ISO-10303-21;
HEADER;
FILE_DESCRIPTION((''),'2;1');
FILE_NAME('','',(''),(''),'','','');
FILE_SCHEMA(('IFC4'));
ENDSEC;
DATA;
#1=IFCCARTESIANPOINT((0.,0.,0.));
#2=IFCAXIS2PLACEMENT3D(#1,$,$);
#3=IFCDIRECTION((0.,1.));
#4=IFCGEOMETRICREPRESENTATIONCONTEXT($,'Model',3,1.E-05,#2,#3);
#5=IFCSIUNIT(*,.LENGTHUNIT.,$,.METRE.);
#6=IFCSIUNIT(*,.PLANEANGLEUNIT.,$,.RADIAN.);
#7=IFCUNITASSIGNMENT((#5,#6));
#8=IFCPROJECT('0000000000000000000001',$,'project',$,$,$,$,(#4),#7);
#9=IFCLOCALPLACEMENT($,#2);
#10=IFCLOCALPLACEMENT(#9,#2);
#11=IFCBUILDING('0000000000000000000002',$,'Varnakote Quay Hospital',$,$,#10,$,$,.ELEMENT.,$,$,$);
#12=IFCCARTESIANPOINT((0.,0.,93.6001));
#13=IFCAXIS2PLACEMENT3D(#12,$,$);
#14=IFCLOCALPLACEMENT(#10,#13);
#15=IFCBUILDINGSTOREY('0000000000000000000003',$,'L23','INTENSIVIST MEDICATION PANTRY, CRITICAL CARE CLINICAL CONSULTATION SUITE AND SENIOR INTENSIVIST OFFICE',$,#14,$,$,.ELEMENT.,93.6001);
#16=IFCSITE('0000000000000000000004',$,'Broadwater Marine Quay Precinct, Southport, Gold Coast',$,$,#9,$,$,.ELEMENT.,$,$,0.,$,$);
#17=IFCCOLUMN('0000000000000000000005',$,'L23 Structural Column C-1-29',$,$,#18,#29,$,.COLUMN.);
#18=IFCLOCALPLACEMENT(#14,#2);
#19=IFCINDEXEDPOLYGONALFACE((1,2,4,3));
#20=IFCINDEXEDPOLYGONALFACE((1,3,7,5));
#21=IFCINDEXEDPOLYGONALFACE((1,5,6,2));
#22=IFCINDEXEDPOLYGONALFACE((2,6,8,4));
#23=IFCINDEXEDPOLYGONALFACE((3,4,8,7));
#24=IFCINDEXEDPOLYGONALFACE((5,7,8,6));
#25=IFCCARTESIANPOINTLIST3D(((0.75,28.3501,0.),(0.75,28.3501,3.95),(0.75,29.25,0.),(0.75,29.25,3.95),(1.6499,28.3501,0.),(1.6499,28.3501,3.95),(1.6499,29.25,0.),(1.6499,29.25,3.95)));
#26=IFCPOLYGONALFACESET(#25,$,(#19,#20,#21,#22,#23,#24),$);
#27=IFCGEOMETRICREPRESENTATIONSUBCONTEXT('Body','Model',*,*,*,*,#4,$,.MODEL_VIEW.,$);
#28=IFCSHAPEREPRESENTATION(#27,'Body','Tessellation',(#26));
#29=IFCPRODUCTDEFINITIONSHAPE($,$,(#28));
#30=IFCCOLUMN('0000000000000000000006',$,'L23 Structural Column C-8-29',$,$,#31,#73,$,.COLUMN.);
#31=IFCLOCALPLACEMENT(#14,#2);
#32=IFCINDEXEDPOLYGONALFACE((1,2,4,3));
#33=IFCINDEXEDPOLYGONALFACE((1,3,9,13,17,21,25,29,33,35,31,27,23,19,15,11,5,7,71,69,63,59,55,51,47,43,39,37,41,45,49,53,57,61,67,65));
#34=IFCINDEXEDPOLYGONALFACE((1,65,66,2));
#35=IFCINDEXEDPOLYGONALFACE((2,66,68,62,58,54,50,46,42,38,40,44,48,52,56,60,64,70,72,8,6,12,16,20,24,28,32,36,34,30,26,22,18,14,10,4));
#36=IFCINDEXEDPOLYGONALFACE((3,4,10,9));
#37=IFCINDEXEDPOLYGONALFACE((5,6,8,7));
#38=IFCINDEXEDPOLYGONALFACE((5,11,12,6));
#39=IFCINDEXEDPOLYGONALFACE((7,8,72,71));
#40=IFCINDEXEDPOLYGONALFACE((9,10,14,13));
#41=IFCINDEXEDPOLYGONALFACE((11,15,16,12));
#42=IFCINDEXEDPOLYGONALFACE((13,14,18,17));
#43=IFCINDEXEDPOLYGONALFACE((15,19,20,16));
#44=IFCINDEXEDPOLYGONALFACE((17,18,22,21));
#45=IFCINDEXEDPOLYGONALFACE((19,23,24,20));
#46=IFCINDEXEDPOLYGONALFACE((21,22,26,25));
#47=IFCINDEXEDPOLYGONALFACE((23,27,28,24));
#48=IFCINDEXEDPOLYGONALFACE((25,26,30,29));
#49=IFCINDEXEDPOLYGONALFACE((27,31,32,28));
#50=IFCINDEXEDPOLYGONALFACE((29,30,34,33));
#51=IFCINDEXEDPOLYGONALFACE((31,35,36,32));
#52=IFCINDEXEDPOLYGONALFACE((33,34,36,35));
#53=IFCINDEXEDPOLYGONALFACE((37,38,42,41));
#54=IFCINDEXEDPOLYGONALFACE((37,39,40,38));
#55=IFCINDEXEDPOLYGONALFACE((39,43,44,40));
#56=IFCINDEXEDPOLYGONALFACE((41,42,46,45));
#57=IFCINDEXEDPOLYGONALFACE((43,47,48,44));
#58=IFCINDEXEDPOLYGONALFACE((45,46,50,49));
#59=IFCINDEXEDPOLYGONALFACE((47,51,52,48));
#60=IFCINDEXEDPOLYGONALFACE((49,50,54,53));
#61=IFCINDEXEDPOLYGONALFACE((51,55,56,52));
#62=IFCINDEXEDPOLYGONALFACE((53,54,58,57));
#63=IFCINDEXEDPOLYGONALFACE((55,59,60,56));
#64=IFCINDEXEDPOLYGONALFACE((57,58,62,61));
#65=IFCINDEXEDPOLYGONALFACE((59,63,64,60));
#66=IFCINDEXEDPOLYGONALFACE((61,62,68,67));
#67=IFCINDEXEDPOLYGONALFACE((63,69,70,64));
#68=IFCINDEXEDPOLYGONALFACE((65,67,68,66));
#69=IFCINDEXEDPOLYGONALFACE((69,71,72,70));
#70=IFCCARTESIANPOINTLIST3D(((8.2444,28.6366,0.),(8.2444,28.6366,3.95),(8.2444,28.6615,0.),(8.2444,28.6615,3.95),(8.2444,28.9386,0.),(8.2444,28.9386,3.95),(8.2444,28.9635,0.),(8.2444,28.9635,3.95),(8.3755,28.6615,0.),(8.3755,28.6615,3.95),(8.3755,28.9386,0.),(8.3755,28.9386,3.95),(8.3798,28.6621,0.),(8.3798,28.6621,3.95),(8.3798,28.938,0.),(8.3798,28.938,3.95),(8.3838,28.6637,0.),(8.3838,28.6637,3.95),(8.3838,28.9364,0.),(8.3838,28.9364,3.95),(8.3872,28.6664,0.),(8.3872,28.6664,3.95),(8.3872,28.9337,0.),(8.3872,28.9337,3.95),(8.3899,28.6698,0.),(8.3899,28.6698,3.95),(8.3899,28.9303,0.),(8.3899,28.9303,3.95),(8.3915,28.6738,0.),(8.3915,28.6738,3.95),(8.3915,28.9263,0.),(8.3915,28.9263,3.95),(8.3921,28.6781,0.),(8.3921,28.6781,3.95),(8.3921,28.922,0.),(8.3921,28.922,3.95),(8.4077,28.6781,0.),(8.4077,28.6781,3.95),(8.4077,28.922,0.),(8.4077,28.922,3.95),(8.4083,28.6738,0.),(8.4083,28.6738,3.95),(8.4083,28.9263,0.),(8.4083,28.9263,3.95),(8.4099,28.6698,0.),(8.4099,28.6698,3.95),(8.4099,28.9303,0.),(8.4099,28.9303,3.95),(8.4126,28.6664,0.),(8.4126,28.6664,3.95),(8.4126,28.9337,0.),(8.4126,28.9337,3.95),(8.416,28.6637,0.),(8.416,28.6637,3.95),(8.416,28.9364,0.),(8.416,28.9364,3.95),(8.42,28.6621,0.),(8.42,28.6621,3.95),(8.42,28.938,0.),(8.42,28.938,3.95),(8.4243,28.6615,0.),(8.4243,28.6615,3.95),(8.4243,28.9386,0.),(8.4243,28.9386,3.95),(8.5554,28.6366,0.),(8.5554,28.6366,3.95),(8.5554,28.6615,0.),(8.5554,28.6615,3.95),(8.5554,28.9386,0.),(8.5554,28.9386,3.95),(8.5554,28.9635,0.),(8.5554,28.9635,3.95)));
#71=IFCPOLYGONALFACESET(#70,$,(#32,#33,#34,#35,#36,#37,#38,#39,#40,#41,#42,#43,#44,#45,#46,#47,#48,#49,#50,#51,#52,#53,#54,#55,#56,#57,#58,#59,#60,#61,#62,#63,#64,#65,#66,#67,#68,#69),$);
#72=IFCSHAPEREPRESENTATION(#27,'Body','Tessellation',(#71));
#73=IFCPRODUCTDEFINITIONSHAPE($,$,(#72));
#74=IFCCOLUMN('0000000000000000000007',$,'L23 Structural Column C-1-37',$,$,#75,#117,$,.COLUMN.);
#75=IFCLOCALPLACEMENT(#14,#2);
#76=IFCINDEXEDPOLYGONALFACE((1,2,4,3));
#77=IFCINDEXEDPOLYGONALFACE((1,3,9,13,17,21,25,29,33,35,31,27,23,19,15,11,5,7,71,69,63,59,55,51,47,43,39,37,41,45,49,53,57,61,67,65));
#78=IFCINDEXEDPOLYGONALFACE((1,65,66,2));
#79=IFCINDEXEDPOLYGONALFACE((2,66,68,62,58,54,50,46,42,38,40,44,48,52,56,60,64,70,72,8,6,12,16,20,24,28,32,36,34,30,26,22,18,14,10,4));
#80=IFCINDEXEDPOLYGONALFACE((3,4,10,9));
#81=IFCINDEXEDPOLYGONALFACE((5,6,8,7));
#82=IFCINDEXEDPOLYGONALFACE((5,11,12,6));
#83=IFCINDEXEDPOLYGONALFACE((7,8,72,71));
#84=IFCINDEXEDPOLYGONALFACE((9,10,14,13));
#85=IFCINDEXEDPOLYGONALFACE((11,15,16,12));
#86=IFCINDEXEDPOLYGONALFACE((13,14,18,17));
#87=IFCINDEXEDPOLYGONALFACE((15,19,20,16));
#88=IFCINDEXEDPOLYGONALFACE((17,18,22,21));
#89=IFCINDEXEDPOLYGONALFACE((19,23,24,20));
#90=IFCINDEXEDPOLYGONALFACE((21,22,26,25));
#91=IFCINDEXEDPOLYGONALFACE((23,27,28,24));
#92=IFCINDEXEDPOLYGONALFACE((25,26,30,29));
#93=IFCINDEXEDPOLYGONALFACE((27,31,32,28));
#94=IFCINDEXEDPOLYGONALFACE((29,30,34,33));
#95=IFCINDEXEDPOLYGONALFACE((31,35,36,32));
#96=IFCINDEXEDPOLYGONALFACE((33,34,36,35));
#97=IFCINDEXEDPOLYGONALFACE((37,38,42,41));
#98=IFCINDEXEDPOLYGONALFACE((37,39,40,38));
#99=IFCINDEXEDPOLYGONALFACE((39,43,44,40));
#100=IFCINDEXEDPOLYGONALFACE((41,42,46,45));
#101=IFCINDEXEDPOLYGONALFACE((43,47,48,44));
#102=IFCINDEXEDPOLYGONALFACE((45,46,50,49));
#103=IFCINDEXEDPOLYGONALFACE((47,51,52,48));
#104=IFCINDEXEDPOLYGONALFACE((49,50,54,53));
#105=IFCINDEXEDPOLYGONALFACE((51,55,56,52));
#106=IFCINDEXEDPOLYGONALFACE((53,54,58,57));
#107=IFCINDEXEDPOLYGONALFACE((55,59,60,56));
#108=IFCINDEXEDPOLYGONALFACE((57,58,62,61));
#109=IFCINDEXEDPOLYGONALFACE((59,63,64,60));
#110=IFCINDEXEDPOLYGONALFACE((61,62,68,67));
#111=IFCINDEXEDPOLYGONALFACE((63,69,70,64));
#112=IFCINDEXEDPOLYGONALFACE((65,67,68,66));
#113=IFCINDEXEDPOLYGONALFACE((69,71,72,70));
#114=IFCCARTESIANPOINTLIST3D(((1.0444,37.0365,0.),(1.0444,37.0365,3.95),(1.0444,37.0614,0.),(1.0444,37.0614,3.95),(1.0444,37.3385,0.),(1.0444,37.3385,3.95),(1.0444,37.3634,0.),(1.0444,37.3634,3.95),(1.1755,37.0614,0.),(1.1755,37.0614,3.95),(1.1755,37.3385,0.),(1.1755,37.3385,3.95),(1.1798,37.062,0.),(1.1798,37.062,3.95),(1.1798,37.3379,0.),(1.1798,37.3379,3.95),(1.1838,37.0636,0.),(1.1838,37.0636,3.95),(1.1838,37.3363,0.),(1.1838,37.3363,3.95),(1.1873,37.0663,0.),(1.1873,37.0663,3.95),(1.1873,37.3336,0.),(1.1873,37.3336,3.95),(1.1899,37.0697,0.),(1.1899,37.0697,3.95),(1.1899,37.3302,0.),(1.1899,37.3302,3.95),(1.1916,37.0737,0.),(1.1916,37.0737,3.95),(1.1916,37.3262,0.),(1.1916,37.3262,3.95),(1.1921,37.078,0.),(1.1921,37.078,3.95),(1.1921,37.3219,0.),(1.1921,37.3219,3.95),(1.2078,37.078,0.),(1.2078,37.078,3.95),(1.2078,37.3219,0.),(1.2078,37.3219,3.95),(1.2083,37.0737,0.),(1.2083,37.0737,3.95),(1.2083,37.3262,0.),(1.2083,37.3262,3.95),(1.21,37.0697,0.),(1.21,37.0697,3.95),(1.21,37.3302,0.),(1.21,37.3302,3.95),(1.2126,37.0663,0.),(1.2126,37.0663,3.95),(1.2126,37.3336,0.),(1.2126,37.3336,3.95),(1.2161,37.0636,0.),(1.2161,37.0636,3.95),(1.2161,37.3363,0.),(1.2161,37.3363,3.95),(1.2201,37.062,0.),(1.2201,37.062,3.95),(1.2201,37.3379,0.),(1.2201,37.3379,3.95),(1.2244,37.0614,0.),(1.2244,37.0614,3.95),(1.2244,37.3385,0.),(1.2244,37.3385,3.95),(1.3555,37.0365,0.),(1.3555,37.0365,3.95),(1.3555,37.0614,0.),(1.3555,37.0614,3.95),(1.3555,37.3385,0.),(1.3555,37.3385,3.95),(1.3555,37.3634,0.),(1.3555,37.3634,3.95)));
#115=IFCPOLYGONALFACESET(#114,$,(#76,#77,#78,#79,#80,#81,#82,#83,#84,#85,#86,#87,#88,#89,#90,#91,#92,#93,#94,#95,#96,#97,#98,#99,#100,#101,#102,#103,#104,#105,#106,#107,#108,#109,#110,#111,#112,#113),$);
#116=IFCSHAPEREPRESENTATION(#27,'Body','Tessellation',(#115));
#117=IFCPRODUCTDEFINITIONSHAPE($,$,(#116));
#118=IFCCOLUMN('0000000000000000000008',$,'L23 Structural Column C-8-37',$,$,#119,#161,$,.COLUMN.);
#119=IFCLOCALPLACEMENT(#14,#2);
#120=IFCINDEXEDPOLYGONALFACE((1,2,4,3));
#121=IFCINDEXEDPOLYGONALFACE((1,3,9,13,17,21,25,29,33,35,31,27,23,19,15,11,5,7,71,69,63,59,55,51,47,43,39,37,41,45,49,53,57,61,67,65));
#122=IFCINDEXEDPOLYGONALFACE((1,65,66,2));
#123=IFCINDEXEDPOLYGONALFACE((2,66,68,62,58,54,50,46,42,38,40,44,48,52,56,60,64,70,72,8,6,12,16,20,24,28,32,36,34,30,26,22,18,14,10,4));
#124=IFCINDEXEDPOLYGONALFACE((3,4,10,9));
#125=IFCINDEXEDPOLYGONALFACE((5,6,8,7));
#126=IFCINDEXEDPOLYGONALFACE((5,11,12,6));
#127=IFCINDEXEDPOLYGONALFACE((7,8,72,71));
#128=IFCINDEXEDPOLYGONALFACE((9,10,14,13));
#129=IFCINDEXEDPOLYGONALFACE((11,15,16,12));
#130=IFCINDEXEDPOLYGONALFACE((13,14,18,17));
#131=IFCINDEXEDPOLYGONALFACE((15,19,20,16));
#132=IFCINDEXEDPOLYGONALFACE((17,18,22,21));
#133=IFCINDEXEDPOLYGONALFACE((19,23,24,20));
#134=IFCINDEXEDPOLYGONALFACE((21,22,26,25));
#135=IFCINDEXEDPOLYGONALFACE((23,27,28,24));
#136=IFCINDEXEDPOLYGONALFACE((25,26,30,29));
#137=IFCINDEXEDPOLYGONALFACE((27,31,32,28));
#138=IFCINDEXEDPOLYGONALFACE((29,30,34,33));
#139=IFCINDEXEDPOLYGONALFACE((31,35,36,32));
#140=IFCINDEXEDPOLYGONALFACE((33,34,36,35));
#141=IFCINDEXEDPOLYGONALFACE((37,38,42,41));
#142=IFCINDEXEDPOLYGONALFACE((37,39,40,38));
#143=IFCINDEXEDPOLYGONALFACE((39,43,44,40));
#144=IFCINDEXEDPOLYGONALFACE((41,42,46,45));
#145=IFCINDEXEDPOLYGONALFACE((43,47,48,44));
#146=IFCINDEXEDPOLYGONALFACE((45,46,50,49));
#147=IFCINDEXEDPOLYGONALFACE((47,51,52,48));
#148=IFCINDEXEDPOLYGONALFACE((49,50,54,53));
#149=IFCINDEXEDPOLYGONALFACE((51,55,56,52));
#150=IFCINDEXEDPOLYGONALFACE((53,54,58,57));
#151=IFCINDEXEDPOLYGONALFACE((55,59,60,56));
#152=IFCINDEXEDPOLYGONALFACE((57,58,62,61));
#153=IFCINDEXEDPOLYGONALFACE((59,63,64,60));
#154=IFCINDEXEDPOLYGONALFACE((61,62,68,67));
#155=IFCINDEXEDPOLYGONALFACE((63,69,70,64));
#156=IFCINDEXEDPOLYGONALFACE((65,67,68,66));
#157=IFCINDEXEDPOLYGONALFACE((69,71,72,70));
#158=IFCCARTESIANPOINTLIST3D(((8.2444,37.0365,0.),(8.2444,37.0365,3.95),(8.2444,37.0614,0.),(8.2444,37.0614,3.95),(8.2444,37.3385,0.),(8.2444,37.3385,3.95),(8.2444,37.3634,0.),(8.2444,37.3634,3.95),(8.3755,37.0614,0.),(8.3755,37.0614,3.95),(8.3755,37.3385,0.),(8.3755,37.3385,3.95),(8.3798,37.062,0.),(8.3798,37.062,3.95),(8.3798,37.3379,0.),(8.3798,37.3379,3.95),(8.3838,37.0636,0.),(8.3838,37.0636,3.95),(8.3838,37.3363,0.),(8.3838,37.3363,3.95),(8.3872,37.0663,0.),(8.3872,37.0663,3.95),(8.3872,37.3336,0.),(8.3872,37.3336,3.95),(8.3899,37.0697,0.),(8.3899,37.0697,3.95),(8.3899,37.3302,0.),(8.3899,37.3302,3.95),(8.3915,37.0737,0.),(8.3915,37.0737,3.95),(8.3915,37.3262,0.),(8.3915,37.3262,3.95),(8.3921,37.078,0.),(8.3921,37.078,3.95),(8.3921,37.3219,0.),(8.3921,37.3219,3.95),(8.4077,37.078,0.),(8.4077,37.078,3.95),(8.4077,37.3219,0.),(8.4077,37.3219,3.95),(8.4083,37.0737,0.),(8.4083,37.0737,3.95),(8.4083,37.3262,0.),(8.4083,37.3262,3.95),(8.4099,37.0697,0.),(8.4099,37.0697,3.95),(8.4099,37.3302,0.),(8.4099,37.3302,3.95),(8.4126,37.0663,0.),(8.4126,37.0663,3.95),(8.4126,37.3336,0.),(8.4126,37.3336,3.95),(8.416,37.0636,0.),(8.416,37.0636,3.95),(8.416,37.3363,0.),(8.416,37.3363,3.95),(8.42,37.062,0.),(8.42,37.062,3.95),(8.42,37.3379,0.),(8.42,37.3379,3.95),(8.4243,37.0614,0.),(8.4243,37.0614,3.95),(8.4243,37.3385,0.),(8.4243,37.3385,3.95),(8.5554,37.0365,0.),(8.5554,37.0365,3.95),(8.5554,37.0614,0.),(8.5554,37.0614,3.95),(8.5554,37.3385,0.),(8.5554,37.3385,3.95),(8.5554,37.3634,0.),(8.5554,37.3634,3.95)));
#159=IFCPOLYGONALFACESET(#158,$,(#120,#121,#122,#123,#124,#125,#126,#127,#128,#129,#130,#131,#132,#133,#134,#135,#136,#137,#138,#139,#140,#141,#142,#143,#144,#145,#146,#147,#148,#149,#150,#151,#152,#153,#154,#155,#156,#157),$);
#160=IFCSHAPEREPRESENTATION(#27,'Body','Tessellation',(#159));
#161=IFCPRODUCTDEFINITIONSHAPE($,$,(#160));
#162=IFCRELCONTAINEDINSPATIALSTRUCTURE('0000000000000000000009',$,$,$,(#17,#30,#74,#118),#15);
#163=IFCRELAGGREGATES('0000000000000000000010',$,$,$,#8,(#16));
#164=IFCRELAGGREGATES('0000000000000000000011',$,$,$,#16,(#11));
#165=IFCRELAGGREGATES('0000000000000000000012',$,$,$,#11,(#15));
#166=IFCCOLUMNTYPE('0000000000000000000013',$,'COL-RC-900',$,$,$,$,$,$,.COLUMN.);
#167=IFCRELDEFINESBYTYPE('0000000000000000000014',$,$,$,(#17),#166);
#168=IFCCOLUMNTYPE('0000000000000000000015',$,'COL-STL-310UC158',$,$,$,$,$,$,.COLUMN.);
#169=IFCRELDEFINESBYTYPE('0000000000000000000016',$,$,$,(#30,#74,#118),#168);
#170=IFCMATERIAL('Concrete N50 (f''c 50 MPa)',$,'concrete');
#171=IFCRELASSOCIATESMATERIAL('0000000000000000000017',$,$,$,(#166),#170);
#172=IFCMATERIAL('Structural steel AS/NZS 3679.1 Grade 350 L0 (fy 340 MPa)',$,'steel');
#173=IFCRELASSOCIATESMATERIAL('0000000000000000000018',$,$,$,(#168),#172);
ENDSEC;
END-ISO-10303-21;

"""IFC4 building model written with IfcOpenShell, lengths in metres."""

from ifc_helpers import new_model, si_unit, direction, frame, origin, origin_2d, place, context, subcontext, project, spatial, rectangle, i_section, extrude, material, material_profile, profile_set, type_object, element, save


model = new_model("IFC4")

# Units and contexts
model_context = context("Model", 3, precision=1e-05, world=origin(), true_north=direction((0.0, 1.0)))
body_context = subcontext(model_context, "Body", "Model", "MODEL_VIEW")
ifc_project = project(units=[si_unit("LENGTHUNIT", "METRE"), si_unit("PLANEANGLEUNIT", "RADIAN")], contexts=[model_context])

# Site, building, storey
site_placement = place(None, origin())
site = spatial("IfcSite", under=ifc_project, at=site_placement, Name="Broadwater Marine Quay Precinct, Southport, Gold Coast", CompositionType="ELEMENT", RefElevation=0.0)
building_placement = place(site_placement, origin())
building = spatial("IfcBuilding", under=site, at=building_placement, Name="Varnakote Quay Hospital", CompositionType="ELEMENT")
storey_placement = place(building_placement, frame((0.0, 0.0, 93.6001)))
storey = spatial("IfcBuildingStorey", under=building, at=storey_placement, Name="L23", Description="INTENSIVIST MEDICATION PANTRY, CRITICAL CARE CLINICAL CONSULTATION SUITE AND SENIOR INTENSIVIST OFFICE", CompositionType="ELEMENT", Elevation=93.6001)

# Columns
ifc_material_1 = material(Name="Concrete N50 (f'c 50 MPa)", Category="concrete")
ifc_material_profile_1 = material_profile(ifc_material_1, rectangle(XDim=0.8999, YDim=0.8999, at=origin_2d()), Name="RC-COL-900x900")
ifc_profile_set_1 = profile_set([ifc_material_profile_1], Name="Concrete N50 (f'c 50 MPa)")
column_type_1 = type_object("IfcColumnType", Name="COL-RC-900", PredefinedType="COLUMN", material=ifc_profile_set_1)
column_placement = place(storey_placement, frame((1.2, 28.8, 0.0), z_axis=(0.0, 0.0, 1.0), x_axis=(1.0, 0.0, 0.0)))
element("IfcColumn", 1, at=column_placement, inside=storey, type_object=column_type_1, Name="L23 Structural Column C-1-29", PredefinedType="COLUMN", context=body_context, shape_type="SweptSolid", body=[
    extrude(rectangle(XDim=0.8999, YDim=0.8999, at=origin_2d()), origin(), (0.0, 0.0, 1.0), 3.95),
])
ifc_material_2 = material(Name="Structural steel AS/NZS 3679.1 Grade 350 L0 (fy 340 MPa)", Category="steel")
ifc_material_profile_2 = material_profile(ifc_material_2, i_section(OverallWidth=0.311, OverallDepth=0.3269, WebThickness=0.0156, FlangeThickness=0.0249, FilletRadius=0.0166, at=origin_2d()), Name="310UC158")
ifc_profile_set_2 = profile_set([ifc_material_profile_2], Name="Structural steel AS/NZS 3679.1 Grade 350 L0 (fy 340 MPa)")
column_type_2 = type_object("IfcColumnType", Name="COL-STL-310UC158", PredefinedType="COLUMN", material=ifc_profile_set_2)
for number, where, z_axis, x_axis, name in (
    (2, (8.3999, 28.8, 0.0), (0.0, 0.0, 1.0), (1.0, 0.0, 0.0), "L23 Structural Column C-8-29"),
    (3, (1.2, 37.2, 0.0), (0.0, 0.0, 1.0), (1.0, 0.0, 0.0), "L23 Structural Column C-1-37"),
    (4, (8.3999, 37.2, 0.0), (0.0, 0.0, 1.0), (1.0, 0.0, 0.0), "L23 Structural Column C-8-37"),
):
    element("IfcColumn", number, at=place(storey_placement, frame(where, z_axis=z_axis, x_axis=x_axis)), inside=storey, type_object=column_type_2, Name=name, PredefinedType="COLUMN", context=body_context, shape_type="SweptSolid", body=[
        extrude(i_section(OverallWidth=0.311, OverallDepth=0.3269, WebThickness=0.0156, FlangeThickness=0.0249, FilletRadius=0.0166, at=origin_2d()), origin(), (0.0, 0.0, 1.0), 3.95),
    ])

save(model, "model.ifc")
